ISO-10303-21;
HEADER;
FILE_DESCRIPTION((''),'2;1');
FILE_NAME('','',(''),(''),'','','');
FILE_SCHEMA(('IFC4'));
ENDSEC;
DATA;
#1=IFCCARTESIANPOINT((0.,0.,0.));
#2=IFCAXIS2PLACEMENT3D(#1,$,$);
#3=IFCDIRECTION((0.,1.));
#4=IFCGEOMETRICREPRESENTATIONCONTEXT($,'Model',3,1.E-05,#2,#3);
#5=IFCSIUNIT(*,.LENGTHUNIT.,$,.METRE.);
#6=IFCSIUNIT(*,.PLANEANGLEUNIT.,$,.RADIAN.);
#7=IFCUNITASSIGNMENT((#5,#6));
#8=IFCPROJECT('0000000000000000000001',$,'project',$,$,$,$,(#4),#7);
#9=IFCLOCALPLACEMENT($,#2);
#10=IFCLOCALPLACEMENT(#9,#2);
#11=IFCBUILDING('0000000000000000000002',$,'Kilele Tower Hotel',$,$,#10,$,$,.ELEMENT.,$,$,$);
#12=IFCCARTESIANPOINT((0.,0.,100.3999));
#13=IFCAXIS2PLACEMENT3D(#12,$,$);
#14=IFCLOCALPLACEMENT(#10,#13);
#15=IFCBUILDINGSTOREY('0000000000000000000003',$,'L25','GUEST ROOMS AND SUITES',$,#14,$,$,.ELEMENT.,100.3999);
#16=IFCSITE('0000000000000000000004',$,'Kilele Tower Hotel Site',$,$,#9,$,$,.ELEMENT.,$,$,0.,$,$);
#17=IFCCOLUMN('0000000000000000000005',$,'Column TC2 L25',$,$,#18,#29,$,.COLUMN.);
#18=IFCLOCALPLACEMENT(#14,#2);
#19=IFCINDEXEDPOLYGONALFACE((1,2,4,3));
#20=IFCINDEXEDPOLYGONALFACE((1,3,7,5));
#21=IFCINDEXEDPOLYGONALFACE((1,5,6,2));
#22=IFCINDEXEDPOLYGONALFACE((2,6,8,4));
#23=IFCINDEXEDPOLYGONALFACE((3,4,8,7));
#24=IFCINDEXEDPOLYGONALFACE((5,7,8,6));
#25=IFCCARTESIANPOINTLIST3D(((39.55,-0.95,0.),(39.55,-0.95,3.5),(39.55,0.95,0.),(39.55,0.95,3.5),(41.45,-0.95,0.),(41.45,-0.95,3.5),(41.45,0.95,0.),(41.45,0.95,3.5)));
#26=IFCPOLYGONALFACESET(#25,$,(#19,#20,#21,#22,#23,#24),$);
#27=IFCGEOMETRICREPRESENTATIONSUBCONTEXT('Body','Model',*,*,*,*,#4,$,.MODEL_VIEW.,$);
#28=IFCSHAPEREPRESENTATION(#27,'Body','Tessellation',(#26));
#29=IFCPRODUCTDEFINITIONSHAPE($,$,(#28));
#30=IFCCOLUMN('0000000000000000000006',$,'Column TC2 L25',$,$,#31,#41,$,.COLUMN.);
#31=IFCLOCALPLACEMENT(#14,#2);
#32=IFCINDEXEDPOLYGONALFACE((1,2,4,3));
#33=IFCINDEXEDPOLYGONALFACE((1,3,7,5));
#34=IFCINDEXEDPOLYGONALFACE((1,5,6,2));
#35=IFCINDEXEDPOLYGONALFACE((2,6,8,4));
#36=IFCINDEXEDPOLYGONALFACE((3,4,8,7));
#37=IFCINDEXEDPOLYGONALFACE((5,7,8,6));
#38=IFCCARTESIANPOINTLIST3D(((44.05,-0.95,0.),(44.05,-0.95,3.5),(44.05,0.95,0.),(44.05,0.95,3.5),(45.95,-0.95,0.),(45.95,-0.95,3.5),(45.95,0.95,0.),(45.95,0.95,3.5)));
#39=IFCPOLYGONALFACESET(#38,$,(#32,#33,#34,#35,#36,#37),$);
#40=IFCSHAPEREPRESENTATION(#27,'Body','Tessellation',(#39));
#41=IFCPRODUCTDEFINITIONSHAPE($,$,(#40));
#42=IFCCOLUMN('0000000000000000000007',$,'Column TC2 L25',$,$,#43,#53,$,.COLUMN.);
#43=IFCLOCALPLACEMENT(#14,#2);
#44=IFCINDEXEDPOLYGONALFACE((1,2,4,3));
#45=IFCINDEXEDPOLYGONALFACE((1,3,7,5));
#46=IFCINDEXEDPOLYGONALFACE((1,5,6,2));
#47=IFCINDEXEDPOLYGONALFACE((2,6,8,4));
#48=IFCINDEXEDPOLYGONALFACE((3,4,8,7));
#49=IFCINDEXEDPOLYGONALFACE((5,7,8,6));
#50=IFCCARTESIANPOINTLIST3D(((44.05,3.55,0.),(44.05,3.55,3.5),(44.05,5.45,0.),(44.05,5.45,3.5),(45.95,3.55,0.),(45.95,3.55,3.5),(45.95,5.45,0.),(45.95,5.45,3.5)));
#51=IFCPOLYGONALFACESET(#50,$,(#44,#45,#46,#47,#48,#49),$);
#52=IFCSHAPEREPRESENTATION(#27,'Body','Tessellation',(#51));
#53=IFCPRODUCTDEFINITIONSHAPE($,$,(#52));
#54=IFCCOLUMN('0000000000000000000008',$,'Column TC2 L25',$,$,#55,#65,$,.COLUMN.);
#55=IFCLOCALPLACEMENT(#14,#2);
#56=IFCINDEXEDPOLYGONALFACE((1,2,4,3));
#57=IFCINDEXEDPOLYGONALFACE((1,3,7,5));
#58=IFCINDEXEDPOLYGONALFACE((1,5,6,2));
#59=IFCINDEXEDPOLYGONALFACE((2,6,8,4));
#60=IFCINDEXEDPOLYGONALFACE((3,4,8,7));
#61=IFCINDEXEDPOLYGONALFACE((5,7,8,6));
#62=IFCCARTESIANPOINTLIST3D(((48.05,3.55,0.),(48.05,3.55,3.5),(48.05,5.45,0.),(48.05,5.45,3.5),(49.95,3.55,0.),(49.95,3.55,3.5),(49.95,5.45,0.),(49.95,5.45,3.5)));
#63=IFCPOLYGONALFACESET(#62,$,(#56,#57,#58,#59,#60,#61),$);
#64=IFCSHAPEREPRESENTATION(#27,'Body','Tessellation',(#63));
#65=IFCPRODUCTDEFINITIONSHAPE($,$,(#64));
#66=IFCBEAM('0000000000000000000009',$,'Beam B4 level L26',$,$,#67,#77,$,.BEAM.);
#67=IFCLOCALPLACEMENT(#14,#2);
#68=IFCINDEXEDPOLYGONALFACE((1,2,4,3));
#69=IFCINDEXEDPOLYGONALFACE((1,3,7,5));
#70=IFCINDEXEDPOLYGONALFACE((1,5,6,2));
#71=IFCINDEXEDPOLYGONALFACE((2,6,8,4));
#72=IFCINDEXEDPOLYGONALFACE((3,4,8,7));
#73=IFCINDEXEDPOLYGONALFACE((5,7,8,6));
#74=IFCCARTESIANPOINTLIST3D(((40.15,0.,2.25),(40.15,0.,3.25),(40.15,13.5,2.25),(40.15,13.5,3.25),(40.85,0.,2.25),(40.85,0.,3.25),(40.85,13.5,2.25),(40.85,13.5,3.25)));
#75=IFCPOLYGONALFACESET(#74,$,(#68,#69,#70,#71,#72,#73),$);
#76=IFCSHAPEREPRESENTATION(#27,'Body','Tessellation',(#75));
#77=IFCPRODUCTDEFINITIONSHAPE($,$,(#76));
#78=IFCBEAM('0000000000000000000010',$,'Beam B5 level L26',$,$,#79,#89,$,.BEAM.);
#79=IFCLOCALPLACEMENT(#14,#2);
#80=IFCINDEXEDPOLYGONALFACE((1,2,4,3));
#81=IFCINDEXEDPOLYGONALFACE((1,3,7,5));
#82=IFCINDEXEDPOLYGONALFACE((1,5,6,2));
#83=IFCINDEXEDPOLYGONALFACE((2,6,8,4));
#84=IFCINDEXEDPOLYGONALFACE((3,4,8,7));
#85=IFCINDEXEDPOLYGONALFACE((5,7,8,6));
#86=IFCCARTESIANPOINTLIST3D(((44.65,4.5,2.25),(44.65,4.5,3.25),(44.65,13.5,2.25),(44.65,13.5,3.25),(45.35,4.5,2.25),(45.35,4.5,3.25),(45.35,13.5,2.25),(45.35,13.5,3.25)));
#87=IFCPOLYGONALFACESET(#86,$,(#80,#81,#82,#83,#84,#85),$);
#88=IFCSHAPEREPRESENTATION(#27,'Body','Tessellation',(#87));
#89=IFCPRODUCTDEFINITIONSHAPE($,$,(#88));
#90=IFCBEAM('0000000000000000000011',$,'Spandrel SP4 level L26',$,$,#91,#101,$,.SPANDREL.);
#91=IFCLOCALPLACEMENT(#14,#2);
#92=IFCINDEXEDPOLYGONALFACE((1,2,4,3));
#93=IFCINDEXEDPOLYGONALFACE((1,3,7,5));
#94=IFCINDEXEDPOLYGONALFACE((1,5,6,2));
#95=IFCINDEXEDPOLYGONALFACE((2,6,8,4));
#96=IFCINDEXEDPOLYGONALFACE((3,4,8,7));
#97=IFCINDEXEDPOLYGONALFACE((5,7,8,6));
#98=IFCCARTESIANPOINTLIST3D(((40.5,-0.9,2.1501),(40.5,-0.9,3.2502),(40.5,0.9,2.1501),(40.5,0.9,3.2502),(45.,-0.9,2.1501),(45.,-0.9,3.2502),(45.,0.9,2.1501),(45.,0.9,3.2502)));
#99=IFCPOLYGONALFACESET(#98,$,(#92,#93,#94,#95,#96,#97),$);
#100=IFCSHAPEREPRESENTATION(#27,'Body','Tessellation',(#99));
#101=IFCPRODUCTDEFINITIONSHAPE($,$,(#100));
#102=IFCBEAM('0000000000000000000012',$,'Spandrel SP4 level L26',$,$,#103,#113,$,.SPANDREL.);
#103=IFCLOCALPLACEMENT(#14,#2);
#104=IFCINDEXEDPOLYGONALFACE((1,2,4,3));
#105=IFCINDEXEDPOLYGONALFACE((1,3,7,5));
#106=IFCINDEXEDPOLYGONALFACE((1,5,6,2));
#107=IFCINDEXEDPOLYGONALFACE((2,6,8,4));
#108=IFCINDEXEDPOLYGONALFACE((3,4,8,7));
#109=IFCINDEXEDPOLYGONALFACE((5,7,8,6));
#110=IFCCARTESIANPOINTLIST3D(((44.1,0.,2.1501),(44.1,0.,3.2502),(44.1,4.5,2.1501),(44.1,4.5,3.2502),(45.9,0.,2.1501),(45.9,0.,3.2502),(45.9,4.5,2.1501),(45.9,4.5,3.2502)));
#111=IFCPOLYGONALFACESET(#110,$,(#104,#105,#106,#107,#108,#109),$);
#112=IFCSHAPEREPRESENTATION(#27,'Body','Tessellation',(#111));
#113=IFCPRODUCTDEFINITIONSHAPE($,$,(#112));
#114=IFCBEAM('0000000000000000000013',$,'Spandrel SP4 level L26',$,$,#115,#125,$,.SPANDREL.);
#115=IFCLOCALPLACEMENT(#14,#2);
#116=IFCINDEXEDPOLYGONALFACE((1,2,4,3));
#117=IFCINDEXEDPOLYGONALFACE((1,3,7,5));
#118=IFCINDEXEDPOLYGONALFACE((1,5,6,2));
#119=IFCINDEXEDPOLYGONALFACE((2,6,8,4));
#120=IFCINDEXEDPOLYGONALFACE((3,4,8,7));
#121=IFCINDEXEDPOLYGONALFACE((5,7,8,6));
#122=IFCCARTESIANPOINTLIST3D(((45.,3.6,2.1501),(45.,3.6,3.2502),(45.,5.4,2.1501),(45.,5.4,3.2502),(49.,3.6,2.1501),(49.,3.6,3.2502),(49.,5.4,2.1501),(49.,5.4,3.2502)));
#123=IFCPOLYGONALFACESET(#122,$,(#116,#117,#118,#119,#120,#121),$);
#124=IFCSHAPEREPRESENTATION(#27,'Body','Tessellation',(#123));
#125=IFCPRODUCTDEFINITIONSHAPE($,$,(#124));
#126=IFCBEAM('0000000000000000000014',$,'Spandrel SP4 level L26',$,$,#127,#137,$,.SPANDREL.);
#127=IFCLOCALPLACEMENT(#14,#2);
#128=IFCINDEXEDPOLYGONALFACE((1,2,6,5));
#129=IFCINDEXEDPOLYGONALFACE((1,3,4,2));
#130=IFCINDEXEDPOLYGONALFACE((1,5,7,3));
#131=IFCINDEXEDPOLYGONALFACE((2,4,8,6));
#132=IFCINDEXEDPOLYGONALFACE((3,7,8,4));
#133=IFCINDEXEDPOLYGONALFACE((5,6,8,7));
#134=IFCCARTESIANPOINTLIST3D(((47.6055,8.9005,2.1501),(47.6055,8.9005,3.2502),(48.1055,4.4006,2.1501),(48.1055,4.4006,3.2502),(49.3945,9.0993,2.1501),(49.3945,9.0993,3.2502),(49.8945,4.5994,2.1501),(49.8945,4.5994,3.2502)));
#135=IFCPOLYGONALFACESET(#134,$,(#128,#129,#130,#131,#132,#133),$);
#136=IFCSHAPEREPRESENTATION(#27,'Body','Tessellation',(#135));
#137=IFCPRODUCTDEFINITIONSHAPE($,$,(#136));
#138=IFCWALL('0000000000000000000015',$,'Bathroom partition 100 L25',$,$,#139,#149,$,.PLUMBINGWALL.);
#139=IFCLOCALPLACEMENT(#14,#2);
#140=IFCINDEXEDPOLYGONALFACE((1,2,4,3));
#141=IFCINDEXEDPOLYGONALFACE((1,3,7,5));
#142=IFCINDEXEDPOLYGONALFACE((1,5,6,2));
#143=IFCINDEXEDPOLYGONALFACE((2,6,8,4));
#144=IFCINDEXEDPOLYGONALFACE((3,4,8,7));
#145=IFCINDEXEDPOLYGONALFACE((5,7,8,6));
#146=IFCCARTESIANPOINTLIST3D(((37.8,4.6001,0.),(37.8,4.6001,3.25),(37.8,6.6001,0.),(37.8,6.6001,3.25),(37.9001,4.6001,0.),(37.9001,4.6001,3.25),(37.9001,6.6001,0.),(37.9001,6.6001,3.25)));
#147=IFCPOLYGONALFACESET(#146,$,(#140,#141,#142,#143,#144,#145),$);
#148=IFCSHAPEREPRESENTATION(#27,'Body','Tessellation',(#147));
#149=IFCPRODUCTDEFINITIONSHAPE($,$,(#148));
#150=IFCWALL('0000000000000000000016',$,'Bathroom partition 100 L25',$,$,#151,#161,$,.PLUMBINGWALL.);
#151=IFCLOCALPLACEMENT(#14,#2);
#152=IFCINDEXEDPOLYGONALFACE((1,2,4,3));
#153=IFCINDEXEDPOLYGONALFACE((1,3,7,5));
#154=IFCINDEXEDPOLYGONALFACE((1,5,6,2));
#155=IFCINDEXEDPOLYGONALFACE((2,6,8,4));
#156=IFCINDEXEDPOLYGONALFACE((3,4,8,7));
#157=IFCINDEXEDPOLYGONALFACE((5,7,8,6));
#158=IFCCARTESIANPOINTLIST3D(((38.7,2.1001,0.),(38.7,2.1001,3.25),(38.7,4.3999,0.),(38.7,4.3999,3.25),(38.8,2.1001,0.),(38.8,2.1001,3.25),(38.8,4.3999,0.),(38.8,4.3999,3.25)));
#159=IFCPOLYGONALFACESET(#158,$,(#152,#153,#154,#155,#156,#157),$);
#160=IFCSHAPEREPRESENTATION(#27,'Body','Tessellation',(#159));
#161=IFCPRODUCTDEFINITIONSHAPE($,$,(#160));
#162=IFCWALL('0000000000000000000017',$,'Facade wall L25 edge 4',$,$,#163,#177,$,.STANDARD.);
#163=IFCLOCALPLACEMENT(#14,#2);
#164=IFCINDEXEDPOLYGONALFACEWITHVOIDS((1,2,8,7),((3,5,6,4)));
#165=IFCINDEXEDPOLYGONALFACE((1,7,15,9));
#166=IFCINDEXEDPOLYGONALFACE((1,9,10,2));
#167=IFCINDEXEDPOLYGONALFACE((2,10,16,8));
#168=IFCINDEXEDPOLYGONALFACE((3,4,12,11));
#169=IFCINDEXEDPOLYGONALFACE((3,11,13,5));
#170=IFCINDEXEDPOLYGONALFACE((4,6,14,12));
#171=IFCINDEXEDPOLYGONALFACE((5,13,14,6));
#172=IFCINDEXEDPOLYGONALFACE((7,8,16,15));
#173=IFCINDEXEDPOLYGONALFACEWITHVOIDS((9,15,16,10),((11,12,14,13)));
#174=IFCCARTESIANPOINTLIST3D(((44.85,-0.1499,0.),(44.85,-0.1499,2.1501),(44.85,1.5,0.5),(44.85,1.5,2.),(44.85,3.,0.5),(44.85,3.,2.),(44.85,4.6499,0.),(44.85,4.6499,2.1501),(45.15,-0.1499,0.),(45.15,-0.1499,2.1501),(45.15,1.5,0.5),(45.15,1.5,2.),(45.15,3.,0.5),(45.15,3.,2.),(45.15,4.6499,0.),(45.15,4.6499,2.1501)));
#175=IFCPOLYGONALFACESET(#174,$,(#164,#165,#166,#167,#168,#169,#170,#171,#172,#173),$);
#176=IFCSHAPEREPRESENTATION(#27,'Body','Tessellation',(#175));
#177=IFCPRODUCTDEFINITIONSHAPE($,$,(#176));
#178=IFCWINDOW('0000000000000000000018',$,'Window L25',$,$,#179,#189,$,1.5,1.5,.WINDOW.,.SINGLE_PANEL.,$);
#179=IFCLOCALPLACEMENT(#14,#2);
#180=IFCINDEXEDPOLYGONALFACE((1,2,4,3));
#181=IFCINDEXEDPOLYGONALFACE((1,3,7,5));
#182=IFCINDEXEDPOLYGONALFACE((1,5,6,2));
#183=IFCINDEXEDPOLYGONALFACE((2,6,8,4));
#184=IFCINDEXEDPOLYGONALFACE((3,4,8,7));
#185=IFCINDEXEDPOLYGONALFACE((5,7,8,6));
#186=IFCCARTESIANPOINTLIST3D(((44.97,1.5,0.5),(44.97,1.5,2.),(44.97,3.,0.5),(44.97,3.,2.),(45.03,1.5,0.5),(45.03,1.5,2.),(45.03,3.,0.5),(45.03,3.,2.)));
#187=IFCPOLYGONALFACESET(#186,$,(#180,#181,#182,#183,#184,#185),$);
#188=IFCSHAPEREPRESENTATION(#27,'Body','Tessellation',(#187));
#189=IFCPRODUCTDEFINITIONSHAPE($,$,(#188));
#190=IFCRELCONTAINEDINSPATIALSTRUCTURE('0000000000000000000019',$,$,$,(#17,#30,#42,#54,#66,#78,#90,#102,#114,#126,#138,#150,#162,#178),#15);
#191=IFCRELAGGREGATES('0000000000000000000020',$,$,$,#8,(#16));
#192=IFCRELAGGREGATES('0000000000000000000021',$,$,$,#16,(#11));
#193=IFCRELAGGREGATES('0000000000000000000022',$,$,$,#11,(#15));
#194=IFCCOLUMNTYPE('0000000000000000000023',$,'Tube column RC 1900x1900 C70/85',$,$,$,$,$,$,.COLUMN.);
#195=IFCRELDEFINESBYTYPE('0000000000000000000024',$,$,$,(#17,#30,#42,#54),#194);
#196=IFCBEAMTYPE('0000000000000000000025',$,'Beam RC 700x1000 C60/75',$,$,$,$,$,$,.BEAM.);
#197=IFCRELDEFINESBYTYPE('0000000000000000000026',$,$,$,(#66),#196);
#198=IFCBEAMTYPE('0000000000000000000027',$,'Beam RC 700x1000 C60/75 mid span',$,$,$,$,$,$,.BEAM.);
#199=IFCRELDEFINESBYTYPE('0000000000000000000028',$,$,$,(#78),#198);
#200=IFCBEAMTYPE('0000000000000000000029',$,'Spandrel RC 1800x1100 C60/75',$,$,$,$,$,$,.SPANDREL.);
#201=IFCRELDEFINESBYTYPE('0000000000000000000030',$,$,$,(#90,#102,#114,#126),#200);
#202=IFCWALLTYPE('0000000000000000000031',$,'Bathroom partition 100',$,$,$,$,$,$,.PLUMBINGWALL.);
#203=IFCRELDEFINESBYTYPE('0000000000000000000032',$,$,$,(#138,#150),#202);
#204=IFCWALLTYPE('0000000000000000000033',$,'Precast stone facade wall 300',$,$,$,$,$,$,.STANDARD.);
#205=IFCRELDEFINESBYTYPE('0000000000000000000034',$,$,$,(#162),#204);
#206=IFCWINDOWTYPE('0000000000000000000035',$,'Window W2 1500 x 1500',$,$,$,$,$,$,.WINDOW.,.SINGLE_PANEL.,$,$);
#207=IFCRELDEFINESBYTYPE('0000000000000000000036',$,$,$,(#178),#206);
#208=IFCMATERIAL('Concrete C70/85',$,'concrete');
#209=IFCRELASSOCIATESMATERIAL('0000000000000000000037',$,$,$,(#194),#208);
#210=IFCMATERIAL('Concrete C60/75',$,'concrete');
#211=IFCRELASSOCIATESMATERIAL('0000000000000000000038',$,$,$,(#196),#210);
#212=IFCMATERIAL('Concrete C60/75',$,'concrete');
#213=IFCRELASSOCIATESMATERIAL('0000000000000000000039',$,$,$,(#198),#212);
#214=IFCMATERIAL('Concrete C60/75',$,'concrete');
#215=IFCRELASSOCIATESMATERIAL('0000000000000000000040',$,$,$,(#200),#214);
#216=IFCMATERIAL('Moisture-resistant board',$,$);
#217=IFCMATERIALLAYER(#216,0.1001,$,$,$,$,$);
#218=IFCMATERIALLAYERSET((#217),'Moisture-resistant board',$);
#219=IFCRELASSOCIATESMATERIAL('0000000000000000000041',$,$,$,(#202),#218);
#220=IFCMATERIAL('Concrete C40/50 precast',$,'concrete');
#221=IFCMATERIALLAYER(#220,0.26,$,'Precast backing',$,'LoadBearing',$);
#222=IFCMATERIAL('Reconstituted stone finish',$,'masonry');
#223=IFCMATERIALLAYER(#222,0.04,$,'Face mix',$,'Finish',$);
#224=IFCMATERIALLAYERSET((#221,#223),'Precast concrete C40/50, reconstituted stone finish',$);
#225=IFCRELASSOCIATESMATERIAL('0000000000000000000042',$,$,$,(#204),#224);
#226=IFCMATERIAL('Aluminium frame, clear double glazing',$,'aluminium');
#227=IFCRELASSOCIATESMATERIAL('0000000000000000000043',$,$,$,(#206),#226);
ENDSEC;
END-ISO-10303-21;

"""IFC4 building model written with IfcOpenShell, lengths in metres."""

from ifc_helpers import new_model, si_unit, direction, frame, frame_2d, origin, origin_2d, place, context, subcontext, project, spatial, rectangle, extrude, material, layer, layer_set, material_profile, profile_set, type_object, element, fill, save


model = new_model("IFC4")

# Units and contexts
model_context = context("Model", 3, precision=1e-05, world=origin(), true_north=direction((0.0, 1.0)))
body_context = subcontext(model_context, "Body", "Model", "MODEL_VIEW")
ifc_project = project(units=[si_unit("LENGTHUNIT", "METRE"), si_unit("PLANEANGLEUNIT", "RADIAN")], contexts=[model_context])

# Site, building, storey
site_placement = place(None, origin())
site = spatial("IfcSite", under=ifc_project, at=site_placement, Name="Kilele Tower Hotel Site", CompositionType="ELEMENT", RefElevation=0.0)
building_placement = place(site_placement, origin())
building = spatial("IfcBuilding", under=site, at=building_placement, Name="Kilele Tower Hotel", CompositionType="ELEMENT")
storey_placement = place(building_placement, frame((0.0, 0.0, 100.3999)))
storey = spatial("IfcBuildingStorey", under=building, at=storey_placement, Name="L25", Description="GUEST ROOMS AND SUITES", CompositionType="ELEMENT", Elevation=100.3999)

# Columns
ifc_material_1 = material(Name="Concrete C70/85", Category="concrete")
ifc_material_profile_1 = material_profile(ifc_material_1, rectangle(XDim=1.8999, YDim=1.8999, at=origin_2d()))
ifc_profile_set_1 = profile_set([ifc_material_profile_1], Name="Concrete C70/85")
column_type = type_object("IfcColumnType", Name="Tube column RC 1900x1900 C70/85", PredefinedType="COLUMN", material=ifc_profile_set_1)
for number, where, z_axis, x_axis, name in (
    (1, (40.5, 0.0, 0.0), (0.0, 0.0, 1.0), (1.0, 0.0, 0.0), "Column TC2 L25"),
    (2, (45.0, 0.0, 0.0), (0.0, 0.0, 1.0), (1.0, 0.0, 0.0), "Column TC2 L25"),
    (3, (45.0, 4.5, 0.0), (0.0, 0.0, 1.0), (1.0, 0.0, 0.0), "Column TC2 L25"),
    (4, (49.0, 4.5, 0.0), (0.0, 0.0, 1.0), (1.0, 0.0, 0.0), "Column TC2 L25"),
):
    element("IfcColumn", number, at=place(storey_placement, frame(where, z_axis=z_axis, x_axis=x_axis)), inside=storey, type_object=column_type, Name=name, PredefinedType="COLUMN", context=body_context, shape_type="SweptSolid", body=[
        extrude(rectangle(XDim=1.8999, YDim=1.8999, at=origin_2d()), origin(), (0.0, 0.0, 1.0), 3.5),
    ])

# Beams
ifc_material_2 = material(Name="Concrete C60/75", Category="concrete")
ifc_material_profile_2 = material_profile(ifc_material_2, rectangle(XDim=0.7, YDim=1.0, at=origin_2d()))
ifc_profile_set_2 = profile_set([ifc_material_profile_2], Name="Concrete C60/75")
beam_type_1 = type_object("IfcBeamType", Name="Beam RC 700x1000 C60/75", PredefinedType="BEAM", material=ifc_profile_set_2)
beam_1_placement = place(storey_placement, frame((40.5, 0.0, 2.75), z_axis=(0.0, 1.0, 0.0), x_axis=(-1.0, 0.0, 0.0)))
element("IfcBeam", 5, at=beam_1_placement, inside=storey, type_object=beam_type_1, Name="Beam B4 level L26", PredefinedType="BEAM", context=body_context, shape_type="SweptSolid", body=[
    extrude(rectangle(XDim=0.7, YDim=1.0, at=origin_2d()), origin(), (0.0, 0.0, 1.0), 13.5),
])
ifc_material_3 = material(Name="Concrete C60/75", Category="concrete")
ifc_material_profile_3 = material_profile(ifc_material_3, rectangle(XDim=0.7, YDim=1.0, at=origin_2d()))
ifc_profile_set_3 = profile_set([ifc_material_profile_3], Name="Concrete C60/75")
beam_type_2 = type_object("IfcBeamType", Name="Beam RC 700x1000 C60/75 mid span", PredefinedType="BEAM", material=ifc_profile_set_3)
beam_2_placement = place(storey_placement, frame((45.0, 4.5, 2.75), z_axis=(0.0, 1.0, 0.0), x_axis=(-1.0, 0.0, 0.0)))
element("IfcBeam", 6, at=beam_2_placement, inside=storey, type_object=beam_type_2, Name="Beam B5 level L26", PredefinedType="BEAM", context=body_context, shape_type="SweptSolid", body=[
    extrude(rectangle(XDim=0.7, YDim=1.0, at=origin_2d()), origin(), (0.0, 0.0, 1.0), 9.0),
])
ifc_material_4 = material(Name="Concrete C60/75", Category="concrete")
ifc_material_profile_4 = material_profile(ifc_material_4, rectangle(XDim=1.8, YDim=1.1001, at=origin_2d()))
ifc_profile_set_4 = profile_set([ifc_material_profile_4], Name="Concrete C60/75")
beam_type_3 = type_object("IfcBeamType", Name="Spandrel RC 1800x1100 C60/75", PredefinedType="SPANDREL", material=ifc_profile_set_4)
for number, where, z_axis, x_axis, name in (
    (7, (40.5, 0.0, 2.7002), (1.0, 0.0, 0.0), (0.0, 1.0, 0.0), "Spandrel SP4 level L26"),
    (8, (45.0, 0.0, 2.7002), (0.0, 1.0, 0.0), (-1.0, 0.0, 0.0), "Spandrel SP4 level L26"),
):
    element("IfcBeam", number, at=place(storey_placement, frame(where, z_axis=z_axis, x_axis=x_axis)), inside=storey, type_object=beam_type_3, Name=name, PredefinedType="SPANDREL", context=body_context, shape_type="SweptSolid", body=[
        extrude(rectangle(XDim=1.8, YDim=1.1001, at=origin_2d()), origin(), (0.0, 0.0, 1.0), 4.5),
    ])
beam_3_placement = place(storey_placement, frame((45.0, 4.5, 2.7002), z_axis=(1.0, 0.0, 0.0), x_axis=(0.0, 1.0, 0.0)))
element("IfcBeam", 9, at=beam_3_placement, inside=storey, type_object=beam_type_3, Name="Spandrel SP4 level L26", PredefinedType="SPANDREL", context=body_context, shape_type="SweptSolid", body=[
    extrude(rectangle(XDim=1.8, YDim=1.1001, at=origin_2d()), origin(), (0.0, 0.0, 1.0), 4.0),
])
beam_4_placement = place(storey_placement, frame((49.0, 4.5, 2.7002), z_axis=(-0.110432, 0.993884, 0.0), x_axis=(-0.993884, -0.110432, 0.0)))
element("IfcBeam", 10, at=beam_4_placement, inside=storey, type_object=beam_type_3, Name="Spandrel SP4 level L26", PredefinedType="SPANDREL", context=body_context, shape_type="SweptSolid", body=[
    extrude(rectangle(XDim=1.8, YDim=1.1001, at=origin_2d()), origin(), (0.0, 0.0, 1.0), 4.5276),
])

# Walls
ifc_material_5 = material(Name="Moisture-resistant board")
ifc_layer_1 = layer(ifc_material_5, 0.1001)
ifc_layer_set_1 = layer_set([ifc_layer_1], Name="Moisture-resistant board")
wall_type_1 = type_object("IfcWallType", Name="Bathroom partition 100", PredefinedType="PLUMBINGWALL", material=ifc_layer_set_1)
wall_1_placement = place(storey_placement, frame((37.8501, 4.6001, 0.0), z_axis=(0.0, 0.0, 1.0), x_axis=(0.0, 1.0, 0.0)))
element("IfcWall", 11, at=wall_1_placement, inside=storey, type_object=wall_type_1, Name="Bathroom partition 100 L25", PredefinedType="PLUMBINGWALL", context=body_context, shape_type="SweptSolid", body=[
    extrude(rectangle(XDim=2.0, YDim=0.1001, at=frame_2d((1.0, 0.0))), origin(), (0.0, 0.0, 1.0), 3.25),
])
wall_2_placement = place(storey_placement, frame((38.75, 4.3999, 0.0), z_axis=(0.0, 0.0, 1.0), x_axis=(0.0, -1.0, 0.0)))
element("IfcWall", 12, at=wall_2_placement, inside=storey, type_object=wall_type_1, Name="Bathroom partition 100 L25", PredefinedType="PLUMBINGWALL", context=body_context, shape_type="SweptSolid", body=[
    extrude(rectangle(XDim=2.2998, YDim=0.1001, at=frame_2d((1.1499, 0.0))), origin(), (0.0, 0.0, 1.0), 3.25),
])

# Wall, opening, window
ifc_material_6 = material(Name="Concrete C40/50 precast", Category="concrete")
ifc_layer_2 = layer(ifc_material_6, 0.26, Name="Precast backing", Category="LoadBearing")
ifc_material_7 = material(Name="Reconstituted stone finish", Category="masonry")
ifc_layer_3 = layer(ifc_material_7, 0.04, Name="Face mix", Category="Finish")
ifc_layer_set_2 = layer_set([ifc_layer_2, ifc_layer_3], Name="Precast concrete C40/50, reconstituted stone finish")
wall_type_2 = type_object("IfcWallType", Name="Precast stone facade wall 300", PredefinedType="STANDARD", material=ifc_layer_set_2)
wall_3_placement = place(storey_placement, frame((45.0, -0.1499, 0.0), z_axis=(0.0, 0.0, 1.0), x_axis=(0.0, 1.0, 0.0)))
wall_3 = element("IfcWall", 13, at=wall_3_placement, inside=storey, type_object=wall_type_2, Name="Facade wall L25 edge 4", PredefinedType="STANDARD", context=body_context, shape_type="SweptSolid", body=[
    extrude(rectangle(XDim=4.7998, YDim=0.3, at=frame_2d((2.3999, 0.0))), origin(), (0.0, 0.0, 1.0), 2.1501),
])
opening_1_placement = place(wall_3_placement, frame((1.6499, 0.0, 0.5)))
opening_1 = element("IfcOpeningElement", 14, at=opening_1_placement, cuts=wall_3, PredefinedType="OPENING", context=body_context, shape_type="SweptSolid", body=[
    extrude(rectangle(XDim=1.5, YDim=1.5, at=frame_2d((0.75, 0.75))), frame((0.0, 0.1599, 0.0), z_axis=(0.0, -1.0, 0.0), x_axis=(1.0, 0.0, 0.0)), (0.0, 0.0, 1.0), 0.3201),
])
ifc_material_8 = material(Name="Aluminium frame, clear double glazing", Category="aluminium")
window_type = type_object("IfcWindowType", Name="Window W2 1500 x 1500", PartitioningType="SINGLE_PANEL", PredefinedType="WINDOW", material=ifc_material_8)
window_1_placement = place(opening_1_placement, origin())
window_1 = element("IfcWindow", 15, at=window_1_placement, inside=storey, type_object=window_type, Name="Window L25", OverallHeight=1.5, OverallWidth=1.5, PartitioningType="SINGLE_PANEL", PredefinedType="WINDOW", context=body_context, shape_type="SweptSolid", body=[
    extrude(rectangle(XDim=1.5, YDim=1.5, at=frame_2d((0.75, 0.75))), frame((0.0, 0.03, 0.0), z_axis=(0.0, -1.0, 0.0), x_axis=(1.0, 0.0, 0.0)), (0.0, 0.0, 1.0), 0.0601),
])
fill(opening_1, window_1)

save(model, "model.ifc")
